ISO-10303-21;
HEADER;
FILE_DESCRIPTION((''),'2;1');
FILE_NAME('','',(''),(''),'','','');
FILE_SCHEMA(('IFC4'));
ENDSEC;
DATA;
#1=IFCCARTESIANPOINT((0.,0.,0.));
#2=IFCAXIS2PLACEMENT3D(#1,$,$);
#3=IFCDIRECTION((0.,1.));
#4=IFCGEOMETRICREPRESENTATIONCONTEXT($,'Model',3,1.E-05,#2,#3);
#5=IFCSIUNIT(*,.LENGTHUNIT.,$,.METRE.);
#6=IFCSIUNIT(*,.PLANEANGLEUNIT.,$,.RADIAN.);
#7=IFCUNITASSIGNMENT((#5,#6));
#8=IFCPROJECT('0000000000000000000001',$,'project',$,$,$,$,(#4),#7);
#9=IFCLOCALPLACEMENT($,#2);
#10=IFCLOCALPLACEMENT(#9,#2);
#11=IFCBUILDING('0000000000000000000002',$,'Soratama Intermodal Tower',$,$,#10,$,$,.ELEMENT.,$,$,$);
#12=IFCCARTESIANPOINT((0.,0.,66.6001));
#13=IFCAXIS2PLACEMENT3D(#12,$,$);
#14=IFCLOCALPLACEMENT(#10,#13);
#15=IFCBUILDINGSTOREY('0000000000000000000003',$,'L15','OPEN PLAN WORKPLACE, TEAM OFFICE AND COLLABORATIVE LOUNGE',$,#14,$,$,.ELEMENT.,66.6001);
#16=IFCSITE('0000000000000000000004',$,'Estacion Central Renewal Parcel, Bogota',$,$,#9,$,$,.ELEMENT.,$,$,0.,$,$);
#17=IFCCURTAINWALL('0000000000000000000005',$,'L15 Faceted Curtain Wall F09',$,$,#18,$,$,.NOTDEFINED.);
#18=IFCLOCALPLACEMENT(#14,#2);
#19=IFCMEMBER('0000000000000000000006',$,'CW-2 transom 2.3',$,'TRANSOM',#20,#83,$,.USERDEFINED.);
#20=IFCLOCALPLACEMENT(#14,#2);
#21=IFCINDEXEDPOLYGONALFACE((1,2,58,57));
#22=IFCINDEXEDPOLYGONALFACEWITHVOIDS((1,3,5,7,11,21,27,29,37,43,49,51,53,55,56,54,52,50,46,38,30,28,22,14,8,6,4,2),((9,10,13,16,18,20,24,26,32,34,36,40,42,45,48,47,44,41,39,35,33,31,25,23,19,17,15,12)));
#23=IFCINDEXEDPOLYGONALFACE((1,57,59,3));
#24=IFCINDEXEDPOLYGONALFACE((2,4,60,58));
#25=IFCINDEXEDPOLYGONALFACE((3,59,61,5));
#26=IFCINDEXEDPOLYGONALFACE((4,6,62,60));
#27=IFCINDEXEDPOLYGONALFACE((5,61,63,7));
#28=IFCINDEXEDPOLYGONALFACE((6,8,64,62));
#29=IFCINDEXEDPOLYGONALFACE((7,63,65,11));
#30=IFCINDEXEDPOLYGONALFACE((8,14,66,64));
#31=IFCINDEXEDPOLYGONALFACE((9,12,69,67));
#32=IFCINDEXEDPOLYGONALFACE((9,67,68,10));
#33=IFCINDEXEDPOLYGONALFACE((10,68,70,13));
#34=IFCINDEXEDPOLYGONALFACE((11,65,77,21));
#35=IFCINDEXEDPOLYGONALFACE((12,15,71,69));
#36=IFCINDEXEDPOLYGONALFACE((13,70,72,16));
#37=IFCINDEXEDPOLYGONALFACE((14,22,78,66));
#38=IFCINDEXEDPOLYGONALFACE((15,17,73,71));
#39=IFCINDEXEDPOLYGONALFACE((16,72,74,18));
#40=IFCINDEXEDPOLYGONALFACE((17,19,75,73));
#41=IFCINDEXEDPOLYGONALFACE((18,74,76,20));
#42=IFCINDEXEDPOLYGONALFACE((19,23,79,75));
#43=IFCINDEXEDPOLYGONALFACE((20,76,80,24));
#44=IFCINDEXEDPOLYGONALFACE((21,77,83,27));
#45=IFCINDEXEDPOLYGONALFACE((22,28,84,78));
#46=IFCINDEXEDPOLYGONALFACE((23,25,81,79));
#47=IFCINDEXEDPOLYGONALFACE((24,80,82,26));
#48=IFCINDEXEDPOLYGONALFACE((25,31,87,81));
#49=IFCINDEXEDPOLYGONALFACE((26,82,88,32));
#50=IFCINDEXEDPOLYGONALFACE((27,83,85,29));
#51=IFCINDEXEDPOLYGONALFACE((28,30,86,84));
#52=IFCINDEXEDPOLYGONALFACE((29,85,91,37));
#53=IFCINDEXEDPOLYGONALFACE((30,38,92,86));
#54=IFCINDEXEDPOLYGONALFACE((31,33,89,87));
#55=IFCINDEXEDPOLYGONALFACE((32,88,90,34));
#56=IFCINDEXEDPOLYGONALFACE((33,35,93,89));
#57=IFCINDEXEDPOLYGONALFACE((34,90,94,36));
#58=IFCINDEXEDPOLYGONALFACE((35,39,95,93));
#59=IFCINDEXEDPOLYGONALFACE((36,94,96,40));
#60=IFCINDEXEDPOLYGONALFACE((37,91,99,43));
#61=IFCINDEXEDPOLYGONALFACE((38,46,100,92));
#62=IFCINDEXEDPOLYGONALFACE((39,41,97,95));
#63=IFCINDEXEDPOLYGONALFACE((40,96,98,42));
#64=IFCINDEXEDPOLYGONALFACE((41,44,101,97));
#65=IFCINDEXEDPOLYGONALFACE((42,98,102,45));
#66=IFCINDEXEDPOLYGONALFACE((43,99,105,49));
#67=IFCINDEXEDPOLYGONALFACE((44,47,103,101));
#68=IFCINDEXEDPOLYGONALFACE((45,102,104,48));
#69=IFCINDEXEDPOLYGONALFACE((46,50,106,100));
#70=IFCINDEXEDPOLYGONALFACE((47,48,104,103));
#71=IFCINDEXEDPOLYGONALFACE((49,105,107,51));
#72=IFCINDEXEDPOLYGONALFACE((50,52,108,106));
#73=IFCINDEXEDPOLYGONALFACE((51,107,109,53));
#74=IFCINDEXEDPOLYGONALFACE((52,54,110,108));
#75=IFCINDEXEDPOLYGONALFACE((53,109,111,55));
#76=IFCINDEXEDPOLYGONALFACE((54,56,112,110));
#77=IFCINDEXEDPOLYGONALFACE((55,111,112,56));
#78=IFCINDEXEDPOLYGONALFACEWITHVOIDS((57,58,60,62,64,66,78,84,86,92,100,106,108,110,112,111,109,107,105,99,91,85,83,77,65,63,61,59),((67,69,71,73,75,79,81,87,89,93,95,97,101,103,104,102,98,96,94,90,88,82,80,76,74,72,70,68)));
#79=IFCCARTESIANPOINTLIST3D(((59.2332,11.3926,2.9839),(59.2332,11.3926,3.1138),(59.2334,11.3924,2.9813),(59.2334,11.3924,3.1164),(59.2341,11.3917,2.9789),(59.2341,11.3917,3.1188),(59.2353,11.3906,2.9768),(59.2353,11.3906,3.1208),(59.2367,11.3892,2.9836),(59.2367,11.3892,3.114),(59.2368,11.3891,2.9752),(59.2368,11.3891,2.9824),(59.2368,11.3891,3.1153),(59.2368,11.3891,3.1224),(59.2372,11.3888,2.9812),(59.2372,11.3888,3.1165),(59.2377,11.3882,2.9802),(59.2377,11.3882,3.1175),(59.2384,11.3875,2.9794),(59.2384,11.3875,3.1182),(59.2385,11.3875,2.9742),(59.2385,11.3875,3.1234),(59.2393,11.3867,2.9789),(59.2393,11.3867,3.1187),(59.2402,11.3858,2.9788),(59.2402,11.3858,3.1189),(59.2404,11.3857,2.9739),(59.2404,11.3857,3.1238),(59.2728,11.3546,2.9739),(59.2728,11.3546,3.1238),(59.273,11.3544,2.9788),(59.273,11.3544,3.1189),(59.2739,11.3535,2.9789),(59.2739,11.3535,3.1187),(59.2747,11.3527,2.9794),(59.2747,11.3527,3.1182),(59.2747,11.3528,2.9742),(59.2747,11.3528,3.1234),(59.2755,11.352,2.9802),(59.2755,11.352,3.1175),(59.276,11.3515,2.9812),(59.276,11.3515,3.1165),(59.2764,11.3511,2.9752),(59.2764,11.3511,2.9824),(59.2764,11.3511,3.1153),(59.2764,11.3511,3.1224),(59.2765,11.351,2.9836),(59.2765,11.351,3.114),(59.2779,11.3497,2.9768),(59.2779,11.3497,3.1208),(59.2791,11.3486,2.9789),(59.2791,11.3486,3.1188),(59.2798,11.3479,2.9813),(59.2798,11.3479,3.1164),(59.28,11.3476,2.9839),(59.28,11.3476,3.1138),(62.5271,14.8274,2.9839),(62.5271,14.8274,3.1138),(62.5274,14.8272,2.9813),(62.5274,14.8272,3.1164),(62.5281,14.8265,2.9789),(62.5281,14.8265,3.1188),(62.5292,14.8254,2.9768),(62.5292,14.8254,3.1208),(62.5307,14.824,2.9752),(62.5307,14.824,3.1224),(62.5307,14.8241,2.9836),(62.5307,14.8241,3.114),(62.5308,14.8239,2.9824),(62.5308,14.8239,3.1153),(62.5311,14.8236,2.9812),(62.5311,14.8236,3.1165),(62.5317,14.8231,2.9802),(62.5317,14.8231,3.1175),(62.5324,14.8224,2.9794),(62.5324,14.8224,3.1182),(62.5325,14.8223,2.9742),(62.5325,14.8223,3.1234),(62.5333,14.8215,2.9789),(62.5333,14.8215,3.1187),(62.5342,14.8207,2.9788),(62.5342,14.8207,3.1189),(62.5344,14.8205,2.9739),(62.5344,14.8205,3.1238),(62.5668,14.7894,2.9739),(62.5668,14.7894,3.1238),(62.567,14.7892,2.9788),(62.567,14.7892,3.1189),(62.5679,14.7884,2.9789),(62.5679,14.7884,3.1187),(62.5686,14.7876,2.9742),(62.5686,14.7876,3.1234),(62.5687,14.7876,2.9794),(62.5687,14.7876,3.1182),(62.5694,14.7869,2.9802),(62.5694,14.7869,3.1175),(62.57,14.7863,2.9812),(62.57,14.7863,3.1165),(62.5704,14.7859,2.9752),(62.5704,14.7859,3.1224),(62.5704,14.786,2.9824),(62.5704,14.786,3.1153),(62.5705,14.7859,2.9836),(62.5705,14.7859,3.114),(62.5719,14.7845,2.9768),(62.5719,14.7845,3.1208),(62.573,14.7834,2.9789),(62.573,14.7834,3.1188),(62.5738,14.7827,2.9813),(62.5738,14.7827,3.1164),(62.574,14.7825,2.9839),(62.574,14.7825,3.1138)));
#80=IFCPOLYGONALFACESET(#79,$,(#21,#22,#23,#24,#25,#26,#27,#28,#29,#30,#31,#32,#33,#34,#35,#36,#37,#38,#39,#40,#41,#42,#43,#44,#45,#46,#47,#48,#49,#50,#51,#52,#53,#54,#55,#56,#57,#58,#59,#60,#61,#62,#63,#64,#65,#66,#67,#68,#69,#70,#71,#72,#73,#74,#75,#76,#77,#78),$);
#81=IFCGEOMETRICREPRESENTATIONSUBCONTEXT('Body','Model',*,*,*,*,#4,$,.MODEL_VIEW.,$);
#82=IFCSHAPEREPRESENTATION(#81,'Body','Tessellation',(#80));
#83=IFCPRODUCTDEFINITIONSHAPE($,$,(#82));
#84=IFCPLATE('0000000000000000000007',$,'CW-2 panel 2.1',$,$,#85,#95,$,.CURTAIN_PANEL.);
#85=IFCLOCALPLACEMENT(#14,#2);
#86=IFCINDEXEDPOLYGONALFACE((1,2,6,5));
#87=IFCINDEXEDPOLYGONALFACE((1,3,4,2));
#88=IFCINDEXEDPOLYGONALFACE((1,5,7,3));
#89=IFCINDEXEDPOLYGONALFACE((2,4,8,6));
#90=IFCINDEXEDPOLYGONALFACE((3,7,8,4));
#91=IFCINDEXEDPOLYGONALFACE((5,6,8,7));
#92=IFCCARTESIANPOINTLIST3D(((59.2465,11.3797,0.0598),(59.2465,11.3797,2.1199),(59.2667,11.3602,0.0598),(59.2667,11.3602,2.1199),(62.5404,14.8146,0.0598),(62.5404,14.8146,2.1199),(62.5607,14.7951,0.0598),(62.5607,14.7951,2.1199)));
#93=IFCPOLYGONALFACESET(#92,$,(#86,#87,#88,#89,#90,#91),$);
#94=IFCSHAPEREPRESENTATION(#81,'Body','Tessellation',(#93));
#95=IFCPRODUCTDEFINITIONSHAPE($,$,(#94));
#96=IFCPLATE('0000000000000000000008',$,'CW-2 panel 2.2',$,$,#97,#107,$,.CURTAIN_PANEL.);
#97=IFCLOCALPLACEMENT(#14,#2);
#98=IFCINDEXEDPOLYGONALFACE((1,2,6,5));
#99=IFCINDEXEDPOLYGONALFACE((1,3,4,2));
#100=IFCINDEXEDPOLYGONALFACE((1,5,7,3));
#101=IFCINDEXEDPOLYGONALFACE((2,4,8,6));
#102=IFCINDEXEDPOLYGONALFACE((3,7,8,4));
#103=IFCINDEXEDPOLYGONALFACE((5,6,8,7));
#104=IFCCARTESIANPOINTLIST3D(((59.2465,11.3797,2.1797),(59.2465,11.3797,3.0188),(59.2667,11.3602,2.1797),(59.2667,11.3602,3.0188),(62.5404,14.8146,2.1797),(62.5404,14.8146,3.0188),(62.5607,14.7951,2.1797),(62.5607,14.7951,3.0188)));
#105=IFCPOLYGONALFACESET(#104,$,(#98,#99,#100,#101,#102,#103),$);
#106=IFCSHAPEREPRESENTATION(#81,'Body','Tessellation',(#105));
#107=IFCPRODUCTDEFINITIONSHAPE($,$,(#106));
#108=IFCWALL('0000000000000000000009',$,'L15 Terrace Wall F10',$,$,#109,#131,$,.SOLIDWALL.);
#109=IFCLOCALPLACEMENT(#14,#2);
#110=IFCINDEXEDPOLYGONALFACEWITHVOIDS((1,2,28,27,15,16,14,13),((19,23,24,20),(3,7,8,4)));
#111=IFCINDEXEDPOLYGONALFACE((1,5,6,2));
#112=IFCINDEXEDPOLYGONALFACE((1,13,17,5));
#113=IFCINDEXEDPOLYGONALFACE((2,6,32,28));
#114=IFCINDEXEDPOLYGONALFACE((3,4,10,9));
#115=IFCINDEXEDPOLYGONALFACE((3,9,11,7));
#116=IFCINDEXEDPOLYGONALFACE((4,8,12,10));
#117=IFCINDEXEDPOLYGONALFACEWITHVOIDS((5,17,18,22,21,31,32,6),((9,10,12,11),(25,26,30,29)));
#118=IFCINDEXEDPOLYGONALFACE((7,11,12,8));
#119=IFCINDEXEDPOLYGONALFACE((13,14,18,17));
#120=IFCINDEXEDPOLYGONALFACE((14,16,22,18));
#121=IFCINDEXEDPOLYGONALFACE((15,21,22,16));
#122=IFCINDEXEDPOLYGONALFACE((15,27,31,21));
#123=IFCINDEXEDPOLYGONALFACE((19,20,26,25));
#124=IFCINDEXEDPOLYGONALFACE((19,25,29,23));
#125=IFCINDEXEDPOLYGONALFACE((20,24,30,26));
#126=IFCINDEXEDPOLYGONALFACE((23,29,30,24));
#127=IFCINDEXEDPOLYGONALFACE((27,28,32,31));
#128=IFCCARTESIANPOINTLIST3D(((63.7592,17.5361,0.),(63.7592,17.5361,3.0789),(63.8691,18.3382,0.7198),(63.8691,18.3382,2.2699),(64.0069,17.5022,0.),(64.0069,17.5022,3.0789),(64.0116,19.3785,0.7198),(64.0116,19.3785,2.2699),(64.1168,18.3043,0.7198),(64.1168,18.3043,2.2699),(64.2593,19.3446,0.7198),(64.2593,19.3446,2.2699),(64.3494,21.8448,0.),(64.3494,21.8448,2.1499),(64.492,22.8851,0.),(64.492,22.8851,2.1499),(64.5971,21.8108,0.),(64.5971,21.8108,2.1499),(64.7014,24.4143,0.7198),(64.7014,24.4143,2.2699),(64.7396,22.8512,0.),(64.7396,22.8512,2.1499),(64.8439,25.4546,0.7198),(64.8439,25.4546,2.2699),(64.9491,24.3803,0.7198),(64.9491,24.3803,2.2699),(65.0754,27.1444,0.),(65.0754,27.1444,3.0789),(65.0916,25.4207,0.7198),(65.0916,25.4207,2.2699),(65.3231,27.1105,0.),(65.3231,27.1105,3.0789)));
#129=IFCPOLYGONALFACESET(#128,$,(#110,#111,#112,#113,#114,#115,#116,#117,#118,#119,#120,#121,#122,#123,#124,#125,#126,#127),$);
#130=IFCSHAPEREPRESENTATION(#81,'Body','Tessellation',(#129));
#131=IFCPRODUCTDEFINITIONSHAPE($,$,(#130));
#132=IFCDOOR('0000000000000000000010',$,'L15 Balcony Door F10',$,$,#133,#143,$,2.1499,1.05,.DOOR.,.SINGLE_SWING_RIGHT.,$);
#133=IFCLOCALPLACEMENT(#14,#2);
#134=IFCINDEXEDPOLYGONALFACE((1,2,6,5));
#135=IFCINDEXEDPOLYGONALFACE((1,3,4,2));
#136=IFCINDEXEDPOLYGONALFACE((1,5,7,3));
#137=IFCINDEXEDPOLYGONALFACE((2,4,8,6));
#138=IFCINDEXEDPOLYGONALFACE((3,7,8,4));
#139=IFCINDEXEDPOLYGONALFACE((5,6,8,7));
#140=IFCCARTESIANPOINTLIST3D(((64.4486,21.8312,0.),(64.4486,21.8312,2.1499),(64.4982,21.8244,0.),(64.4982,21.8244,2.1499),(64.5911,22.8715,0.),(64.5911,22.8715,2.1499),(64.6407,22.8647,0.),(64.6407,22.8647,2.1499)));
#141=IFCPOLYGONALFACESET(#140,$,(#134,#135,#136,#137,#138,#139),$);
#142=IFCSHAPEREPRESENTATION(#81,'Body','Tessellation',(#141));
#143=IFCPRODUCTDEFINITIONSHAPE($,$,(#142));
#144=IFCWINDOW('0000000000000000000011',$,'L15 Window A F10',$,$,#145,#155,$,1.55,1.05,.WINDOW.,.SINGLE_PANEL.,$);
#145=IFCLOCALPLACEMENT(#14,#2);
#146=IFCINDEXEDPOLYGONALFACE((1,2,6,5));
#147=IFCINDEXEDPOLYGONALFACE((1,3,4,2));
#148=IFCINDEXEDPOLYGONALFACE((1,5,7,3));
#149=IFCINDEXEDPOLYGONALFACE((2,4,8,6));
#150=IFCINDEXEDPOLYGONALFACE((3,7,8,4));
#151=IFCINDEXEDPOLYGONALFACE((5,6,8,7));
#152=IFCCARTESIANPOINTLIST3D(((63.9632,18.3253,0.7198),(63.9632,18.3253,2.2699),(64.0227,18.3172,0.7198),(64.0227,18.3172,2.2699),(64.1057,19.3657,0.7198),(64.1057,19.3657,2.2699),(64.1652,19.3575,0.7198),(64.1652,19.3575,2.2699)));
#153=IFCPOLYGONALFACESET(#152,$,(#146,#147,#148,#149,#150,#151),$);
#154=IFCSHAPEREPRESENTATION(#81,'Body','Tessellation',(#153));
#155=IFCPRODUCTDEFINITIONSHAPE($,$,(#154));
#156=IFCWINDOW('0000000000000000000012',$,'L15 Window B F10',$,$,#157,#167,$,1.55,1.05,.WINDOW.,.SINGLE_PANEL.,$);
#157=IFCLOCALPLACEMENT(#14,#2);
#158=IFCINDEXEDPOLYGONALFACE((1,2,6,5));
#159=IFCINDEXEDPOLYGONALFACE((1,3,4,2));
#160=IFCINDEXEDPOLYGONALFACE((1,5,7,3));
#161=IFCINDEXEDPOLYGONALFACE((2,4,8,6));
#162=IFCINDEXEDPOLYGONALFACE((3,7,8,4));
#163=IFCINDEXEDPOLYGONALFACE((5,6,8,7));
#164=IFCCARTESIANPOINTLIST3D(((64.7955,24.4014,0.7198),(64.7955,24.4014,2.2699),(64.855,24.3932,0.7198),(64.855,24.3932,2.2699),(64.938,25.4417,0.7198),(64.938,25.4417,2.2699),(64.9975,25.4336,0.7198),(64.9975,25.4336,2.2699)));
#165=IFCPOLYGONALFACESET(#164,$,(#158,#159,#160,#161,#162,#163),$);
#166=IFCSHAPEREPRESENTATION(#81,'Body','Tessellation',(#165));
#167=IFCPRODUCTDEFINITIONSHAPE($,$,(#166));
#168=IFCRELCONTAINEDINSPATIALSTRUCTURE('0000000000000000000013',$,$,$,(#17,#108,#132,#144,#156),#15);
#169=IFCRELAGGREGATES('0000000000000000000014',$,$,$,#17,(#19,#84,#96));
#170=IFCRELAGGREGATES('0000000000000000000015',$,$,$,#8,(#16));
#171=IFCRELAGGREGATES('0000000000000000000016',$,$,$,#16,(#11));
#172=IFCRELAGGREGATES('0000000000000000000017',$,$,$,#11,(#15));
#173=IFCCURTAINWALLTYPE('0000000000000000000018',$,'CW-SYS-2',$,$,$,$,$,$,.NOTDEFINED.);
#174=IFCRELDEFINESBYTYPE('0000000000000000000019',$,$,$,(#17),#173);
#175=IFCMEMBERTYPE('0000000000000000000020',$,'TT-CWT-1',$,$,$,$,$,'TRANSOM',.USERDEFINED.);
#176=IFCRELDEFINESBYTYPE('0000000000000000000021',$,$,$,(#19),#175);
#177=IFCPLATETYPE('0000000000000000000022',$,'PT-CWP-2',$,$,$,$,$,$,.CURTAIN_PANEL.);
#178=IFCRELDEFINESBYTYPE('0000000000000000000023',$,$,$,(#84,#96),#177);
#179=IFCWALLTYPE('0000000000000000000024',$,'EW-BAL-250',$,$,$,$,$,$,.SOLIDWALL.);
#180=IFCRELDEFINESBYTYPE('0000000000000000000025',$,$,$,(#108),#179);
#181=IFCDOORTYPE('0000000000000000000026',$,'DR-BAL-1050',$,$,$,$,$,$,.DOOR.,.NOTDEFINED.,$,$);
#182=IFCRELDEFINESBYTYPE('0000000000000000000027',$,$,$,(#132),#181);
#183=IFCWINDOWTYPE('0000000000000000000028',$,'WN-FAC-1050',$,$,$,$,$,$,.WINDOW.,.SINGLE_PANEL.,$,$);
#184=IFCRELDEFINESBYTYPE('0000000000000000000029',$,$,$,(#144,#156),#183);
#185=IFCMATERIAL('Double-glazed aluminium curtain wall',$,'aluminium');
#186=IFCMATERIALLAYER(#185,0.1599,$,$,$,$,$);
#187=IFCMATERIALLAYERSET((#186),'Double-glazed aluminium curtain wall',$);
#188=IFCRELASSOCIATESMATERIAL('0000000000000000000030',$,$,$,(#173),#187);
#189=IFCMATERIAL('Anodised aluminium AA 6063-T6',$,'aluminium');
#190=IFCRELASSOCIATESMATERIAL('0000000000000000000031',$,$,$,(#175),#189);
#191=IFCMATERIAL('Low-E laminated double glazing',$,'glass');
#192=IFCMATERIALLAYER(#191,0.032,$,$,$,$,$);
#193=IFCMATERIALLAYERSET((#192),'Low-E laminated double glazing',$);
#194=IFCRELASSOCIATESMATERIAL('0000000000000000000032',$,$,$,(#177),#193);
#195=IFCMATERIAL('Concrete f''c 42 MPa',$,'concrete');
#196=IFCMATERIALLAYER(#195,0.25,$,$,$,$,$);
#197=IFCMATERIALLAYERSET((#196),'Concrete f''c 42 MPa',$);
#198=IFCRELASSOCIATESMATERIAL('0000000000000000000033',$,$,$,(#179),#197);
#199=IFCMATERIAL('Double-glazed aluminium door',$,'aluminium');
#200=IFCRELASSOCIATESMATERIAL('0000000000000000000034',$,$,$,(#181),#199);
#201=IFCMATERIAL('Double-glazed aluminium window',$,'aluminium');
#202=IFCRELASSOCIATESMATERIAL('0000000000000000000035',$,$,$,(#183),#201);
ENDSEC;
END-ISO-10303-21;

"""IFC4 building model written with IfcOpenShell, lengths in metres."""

from ifc_helpers import new_model, si_unit, direction, frame, frame_2d, origin, origin_2d, place, context, subcontext, project, spatial, rectangle, hollow_rectangle, extrude, material, layer, layer_set, material_profile, profile_set, type_object, element, fill, aggregate, save


model = new_model("IFC4")

# Units and contexts
model_context = context("Model", 3, precision=1e-05, world=origin(), true_north=direction((0.0, 1.0)))
body_context = subcontext(model_context, "Body", "Model", "MODEL_VIEW")
ifc_project = project(units=[si_unit("LENGTHUNIT", "METRE"), si_unit("PLANEANGLEUNIT", "RADIAN")], contexts=[model_context])

# Site, building, storey
site_placement = place(None, origin())
site = spatial("IfcSite", under=ifc_project, at=site_placement, Name="Estacion Central Renewal Parcel, Bogota", CompositionType="ELEMENT", RefElevation=0.0)
building_placement = place(site_placement, origin())
building = spatial("IfcBuilding", under=site, at=building_placement, Name="Soratama Intermodal Tower", CompositionType="ELEMENT")
storey_placement = place(building_placement, frame((0.0, 0.0, 66.6001)))
storey = spatial("IfcBuildingStorey", under=building, at=storey_placement, Name="L15", Description="OPEN PLAN WORKPLACE, TEAM OFFICE AND COLLABORATIVE LOUNGE", CompositionType="ELEMENT", Elevation=66.6001)

# Curtain wall, member, plates
ifc_material_1 = material(Name="Double-glazed aluminium curtain wall", Category="aluminium")
ifc_layer_1 = layer(ifc_material_1, 0.1599)
ifc_layer_set_1 = layer_set([ifc_layer_1], Name="Double-glazed aluminium curtain wall")
curtain_wall_type = type_object("IfcCurtainWallType", Name="CW-SYS-2", PredefinedType="NOTDEFINED", material=ifc_layer_set_1)
curtain_wall_placement = place(storey_placement, origin())
curtain_wall = element("IfcCurtainWall", 1, at=curtain_wall_placement, inside=storey, type_object=curtain_wall_type, Name="L15 Faceted Curtain Wall F09", PredefinedType="NOTDEFINED")
ifc_material_2 = material(Name="Anodised aluminium AA 6063-T6", Category="aluminium")
ifc_material_profile_1 = material_profile(ifc_material_2, hollow_rectangle(XDim=0.0649, YDim=0.1499, WallThickness=0.0049, InnerFilletRadius=0.0049, OuterFilletRadius=0.01, at=origin_2d()), Name="CWT150X65X5")
ifc_profile_set_1 = profile_set([ifc_material_profile_1], Name="Anodised aluminium AA 6063-T6")
member_type_1 = type_object("IfcMemberType", Name="TT-CWT-1", ElementType="TRANSOM", PredefinedType="USERDEFINED", material=ifc_profile_set_1)
member_1_placement = place(storey_placement, frame((59.2566, 11.3701, 3.0488), z_axis=(0.692152, 0.721752, 0.0), x_axis=(-0.721752, 0.692152, 0.0)))
member_1 = element("IfcMember", 2, at=member_1_placement, type_object=member_type_1, Name="CW-2 transom 2.3", ObjectType="TRANSOM", PredefinedType="USERDEFINED", context=body_context, shape_type="SweptSolid", body=[
    extrude(hollow_rectangle(XDim=0.0649, YDim=0.1499, WallThickness=0.0049, InnerFilletRadius=0.0049, OuterFilletRadius=0.01, at=origin_2d()), origin(), (0.0, 0.0, 1.0), 4.759),
])
ifc_material_3 = material(Name="Low-E laminated double glazing", Category="glass")
ifc_layer_2 = layer(ifc_material_3, 0.032)
ifc_layer_set_2 = layer_set([ifc_layer_2], Name="Low-E laminated double glazing")
plate_type = type_object("IfcPlateType", Name="PT-CWP-2", PredefinedType="CURTAIN_PANEL", material=ifc_layer_set_2)
plate_1_placement = place(storey_placement, frame((60.9036, 13.0874, 0.0598), z_axis=(0.0, 0.0, 1.0), x_axis=(0.692145, 0.721759, 0.0)))
plate_1 = element("IfcPlate", 3, at=plate_1_placement, type_object=plate_type, Name="CW-2 panel 2.1", PredefinedType="CURTAIN_PANEL", context=body_context, shape_type="SweptSolid", body=[
    extrude(rectangle(XDim=4.759, YDim=0.0281, at=origin_2d()), origin(), (0.0, 0.0, 1.0), 2.0601),
])
plate_2_placement = place(storey_placement, frame((60.9036, 13.0874, 2.1797), z_axis=(0.0, 0.0, 1.0), x_axis=(0.692145, 0.721759, 0.0)))
plate_2 = element("IfcPlate", 4, at=plate_2_placement, type_object=plate_type, Name="CW-2 panel 2.2", PredefinedType="CURTAIN_PANEL", context=body_context, shape_type="SweptSolid", body=[
    extrude(rectangle(XDim=4.759, YDim=0.0281, at=origin_2d()), origin(), (0.0, 0.0, 1.0), 0.8391),
])
aggregate(curtain_wall, [member_1, plate_1, plate_2])

# Wall, openings, door, windows
ifc_material_4 = material(Name="Concrete f'c 42 MPa", Category="concrete")
ifc_layer_3 = layer(ifc_material_4, 0.25)
ifc_layer_set_3 = layer_set([ifc_layer_3], Name="Concrete f'c 42 MPa")
wall_type_1 = type_object("IfcWallType", Name="EW-BAL-250", PredefinedType="SOLIDWALL", material=ifc_layer_set_3)
wall_1_placement = place(storey_placement, frame((63.8831, 17.519, 0.0), z_axis=(0.0, 0.0, 1.0), x_axis=(0.135716, 0.990748, 0.0)))
wall_1 = element("IfcWall", 5, at=wall_1_placement, inside=storey, type_object=wall_type_1, Name="L15 Terrace Wall F10", PredefinedType="SOLIDWALL", context=body_context, shape_type="SweptSolid", body=[
    extrude(rectangle(XDim=9.698, YDim=0.25, at=frame_2d((4.8491, 0.0))), origin(), (0.0, 0.0, 1.0), 3.0789),
])
opening_1_placement = place(wall_1_placement, frame((4.3491, 0.0, 0.0)))
opening_1 = element("IfcOpeningElement", 6, at=opening_1_placement, cuts=wall_1, PredefinedType="OPENING", context=body_context, shape_type="SweptSolid", body=[
    extrude(rectangle(XDim=1.05, YDim=2.1499, at=frame_2d((0.5249, 1.075))), frame((0.0, 0.135, 0.0), z_axis=(0.0, -1.0, 0.0), x_axis=(1.0, 0.0, 0.0)), (0.0, 0.0, 1.0), 0.27),
])
opening_2_placement = place(wall_1_placement, frame((0.8098, 0.0, 0.72)))
opening_2 = element("IfcOpeningElement", 7, at=opening_2_placement, cuts=wall_1, PredefinedType="OPENING", context=body_context, shape_type="SweptSolid", body=[
    extrude(rectangle(XDim=1.05, YDim=1.55, at=frame_2d((0.5249, 0.7749))), frame((0.0, 0.135, 0.0), z_axis=(0.0, -1.0, 0.0), x_axis=(1.0, 0.0, 0.0)), (0.0, 0.0, 1.0), 0.27),
])
opening_3_placement = place(wall_1_placement, frame((6.9426, 0.0, 0.72)))
opening_3 = element("IfcOpeningElement", 8, at=opening_3_placement, cuts=wall_1, PredefinedType="OPENING", context=body_context, shape_type="SweptSolid", body=[
    extrude(rectangle(XDim=1.05, YDim=1.55, at=frame_2d((0.5249, 0.7749))), frame((0.0, 0.135, 0.0), z_axis=(0.0, -1.0, 0.0), x_axis=(1.0, 0.0, 0.0)), (0.0, 0.0, 1.0), 0.27),
])
ifc_material_5 = material(Name="Double-glazed aluminium door", Category="aluminium")
door_type_1 = type_object("IfcDoorType", Name="DR-BAL-1050", OperationType="NOTDEFINED", PredefinedType="DOOR", material=ifc_material_5)
door_1_placement = place(opening_1_placement, origin())
door_1 = element("IfcDoor", 9, at=door_1_placement, inside=storey, type_object=door_type_1, Name="L15 Balcony Door F10", OperationType="SINGLE_SWING_RIGHT", OverallHeight=2.1499, OverallWidth=1.05, PredefinedType="DOOR", context=body_context, shape_type="SweptSolid", body=[
    extrude(rectangle(XDim=1.05, YDim=2.1499, at=frame_2d((0.5249, 1.075))), frame((0.0, 0.0249, 0.0), z_axis=(0.0, -1.0, 0.0), x_axis=(1.0, 0.0, 0.0)), (0.0, 0.0, 1.0), 0.05),
])
fill(opening_1, door_1)
ifc_material_6 = material(Name="Double-glazed aluminium window", Category="aluminium")
window_type_1 = type_object("IfcWindowType", Name="WN-FAC-1050", PartitioningType="SINGLE_PANEL", PredefinedType="WINDOW", material=ifc_material_6)
window_1_placement = place(opening_2_placement, origin())
window_1 = element("IfcWindow", 10, at=window_1_placement, inside=storey, type_object=window_type_1, Name="L15 Window A F10", OverallHeight=1.55, OverallWidth=1.05, PartitioningType="SINGLE_PANEL", PredefinedType="WINDOW", context=body_context, shape_type="SweptSolid", body=[
    extrude(rectangle(XDim=1.05, YDim=1.55, at=frame_2d((0.5249, 0.7749))), frame((0.0, 0.03, 0.0), z_axis=(0.0, -1.0, 0.0), x_axis=(1.0, 0.0, 0.0)), (0.0, 0.0, 1.0), 0.0601),
])
fill(opening_2, window_1)
window_2_placement = place(opening_3_placement, origin())
window_2 = element("IfcWindow", 11, at=window_2_placement, inside=storey, type_object=window_type_1, Name="L15 Window B F10", OverallHeight=1.55, OverallWidth=1.05, PartitioningType="SINGLE_PANEL", PredefinedType="WINDOW", context=body_context, shape_type="SweptSolid", body=[
    extrude(rectangle(XDim=1.05, YDim=1.55, at=frame_2d((0.5249, 0.7749))), frame((0.0, 0.03, 0.0), z_axis=(0.0, -1.0, 0.0), x_axis=(1.0, 0.0, 0.0)), (0.0, 0.0, 1.0), 0.0601),
])
fill(opening_3, window_2)

save(model, "model.ifc")
